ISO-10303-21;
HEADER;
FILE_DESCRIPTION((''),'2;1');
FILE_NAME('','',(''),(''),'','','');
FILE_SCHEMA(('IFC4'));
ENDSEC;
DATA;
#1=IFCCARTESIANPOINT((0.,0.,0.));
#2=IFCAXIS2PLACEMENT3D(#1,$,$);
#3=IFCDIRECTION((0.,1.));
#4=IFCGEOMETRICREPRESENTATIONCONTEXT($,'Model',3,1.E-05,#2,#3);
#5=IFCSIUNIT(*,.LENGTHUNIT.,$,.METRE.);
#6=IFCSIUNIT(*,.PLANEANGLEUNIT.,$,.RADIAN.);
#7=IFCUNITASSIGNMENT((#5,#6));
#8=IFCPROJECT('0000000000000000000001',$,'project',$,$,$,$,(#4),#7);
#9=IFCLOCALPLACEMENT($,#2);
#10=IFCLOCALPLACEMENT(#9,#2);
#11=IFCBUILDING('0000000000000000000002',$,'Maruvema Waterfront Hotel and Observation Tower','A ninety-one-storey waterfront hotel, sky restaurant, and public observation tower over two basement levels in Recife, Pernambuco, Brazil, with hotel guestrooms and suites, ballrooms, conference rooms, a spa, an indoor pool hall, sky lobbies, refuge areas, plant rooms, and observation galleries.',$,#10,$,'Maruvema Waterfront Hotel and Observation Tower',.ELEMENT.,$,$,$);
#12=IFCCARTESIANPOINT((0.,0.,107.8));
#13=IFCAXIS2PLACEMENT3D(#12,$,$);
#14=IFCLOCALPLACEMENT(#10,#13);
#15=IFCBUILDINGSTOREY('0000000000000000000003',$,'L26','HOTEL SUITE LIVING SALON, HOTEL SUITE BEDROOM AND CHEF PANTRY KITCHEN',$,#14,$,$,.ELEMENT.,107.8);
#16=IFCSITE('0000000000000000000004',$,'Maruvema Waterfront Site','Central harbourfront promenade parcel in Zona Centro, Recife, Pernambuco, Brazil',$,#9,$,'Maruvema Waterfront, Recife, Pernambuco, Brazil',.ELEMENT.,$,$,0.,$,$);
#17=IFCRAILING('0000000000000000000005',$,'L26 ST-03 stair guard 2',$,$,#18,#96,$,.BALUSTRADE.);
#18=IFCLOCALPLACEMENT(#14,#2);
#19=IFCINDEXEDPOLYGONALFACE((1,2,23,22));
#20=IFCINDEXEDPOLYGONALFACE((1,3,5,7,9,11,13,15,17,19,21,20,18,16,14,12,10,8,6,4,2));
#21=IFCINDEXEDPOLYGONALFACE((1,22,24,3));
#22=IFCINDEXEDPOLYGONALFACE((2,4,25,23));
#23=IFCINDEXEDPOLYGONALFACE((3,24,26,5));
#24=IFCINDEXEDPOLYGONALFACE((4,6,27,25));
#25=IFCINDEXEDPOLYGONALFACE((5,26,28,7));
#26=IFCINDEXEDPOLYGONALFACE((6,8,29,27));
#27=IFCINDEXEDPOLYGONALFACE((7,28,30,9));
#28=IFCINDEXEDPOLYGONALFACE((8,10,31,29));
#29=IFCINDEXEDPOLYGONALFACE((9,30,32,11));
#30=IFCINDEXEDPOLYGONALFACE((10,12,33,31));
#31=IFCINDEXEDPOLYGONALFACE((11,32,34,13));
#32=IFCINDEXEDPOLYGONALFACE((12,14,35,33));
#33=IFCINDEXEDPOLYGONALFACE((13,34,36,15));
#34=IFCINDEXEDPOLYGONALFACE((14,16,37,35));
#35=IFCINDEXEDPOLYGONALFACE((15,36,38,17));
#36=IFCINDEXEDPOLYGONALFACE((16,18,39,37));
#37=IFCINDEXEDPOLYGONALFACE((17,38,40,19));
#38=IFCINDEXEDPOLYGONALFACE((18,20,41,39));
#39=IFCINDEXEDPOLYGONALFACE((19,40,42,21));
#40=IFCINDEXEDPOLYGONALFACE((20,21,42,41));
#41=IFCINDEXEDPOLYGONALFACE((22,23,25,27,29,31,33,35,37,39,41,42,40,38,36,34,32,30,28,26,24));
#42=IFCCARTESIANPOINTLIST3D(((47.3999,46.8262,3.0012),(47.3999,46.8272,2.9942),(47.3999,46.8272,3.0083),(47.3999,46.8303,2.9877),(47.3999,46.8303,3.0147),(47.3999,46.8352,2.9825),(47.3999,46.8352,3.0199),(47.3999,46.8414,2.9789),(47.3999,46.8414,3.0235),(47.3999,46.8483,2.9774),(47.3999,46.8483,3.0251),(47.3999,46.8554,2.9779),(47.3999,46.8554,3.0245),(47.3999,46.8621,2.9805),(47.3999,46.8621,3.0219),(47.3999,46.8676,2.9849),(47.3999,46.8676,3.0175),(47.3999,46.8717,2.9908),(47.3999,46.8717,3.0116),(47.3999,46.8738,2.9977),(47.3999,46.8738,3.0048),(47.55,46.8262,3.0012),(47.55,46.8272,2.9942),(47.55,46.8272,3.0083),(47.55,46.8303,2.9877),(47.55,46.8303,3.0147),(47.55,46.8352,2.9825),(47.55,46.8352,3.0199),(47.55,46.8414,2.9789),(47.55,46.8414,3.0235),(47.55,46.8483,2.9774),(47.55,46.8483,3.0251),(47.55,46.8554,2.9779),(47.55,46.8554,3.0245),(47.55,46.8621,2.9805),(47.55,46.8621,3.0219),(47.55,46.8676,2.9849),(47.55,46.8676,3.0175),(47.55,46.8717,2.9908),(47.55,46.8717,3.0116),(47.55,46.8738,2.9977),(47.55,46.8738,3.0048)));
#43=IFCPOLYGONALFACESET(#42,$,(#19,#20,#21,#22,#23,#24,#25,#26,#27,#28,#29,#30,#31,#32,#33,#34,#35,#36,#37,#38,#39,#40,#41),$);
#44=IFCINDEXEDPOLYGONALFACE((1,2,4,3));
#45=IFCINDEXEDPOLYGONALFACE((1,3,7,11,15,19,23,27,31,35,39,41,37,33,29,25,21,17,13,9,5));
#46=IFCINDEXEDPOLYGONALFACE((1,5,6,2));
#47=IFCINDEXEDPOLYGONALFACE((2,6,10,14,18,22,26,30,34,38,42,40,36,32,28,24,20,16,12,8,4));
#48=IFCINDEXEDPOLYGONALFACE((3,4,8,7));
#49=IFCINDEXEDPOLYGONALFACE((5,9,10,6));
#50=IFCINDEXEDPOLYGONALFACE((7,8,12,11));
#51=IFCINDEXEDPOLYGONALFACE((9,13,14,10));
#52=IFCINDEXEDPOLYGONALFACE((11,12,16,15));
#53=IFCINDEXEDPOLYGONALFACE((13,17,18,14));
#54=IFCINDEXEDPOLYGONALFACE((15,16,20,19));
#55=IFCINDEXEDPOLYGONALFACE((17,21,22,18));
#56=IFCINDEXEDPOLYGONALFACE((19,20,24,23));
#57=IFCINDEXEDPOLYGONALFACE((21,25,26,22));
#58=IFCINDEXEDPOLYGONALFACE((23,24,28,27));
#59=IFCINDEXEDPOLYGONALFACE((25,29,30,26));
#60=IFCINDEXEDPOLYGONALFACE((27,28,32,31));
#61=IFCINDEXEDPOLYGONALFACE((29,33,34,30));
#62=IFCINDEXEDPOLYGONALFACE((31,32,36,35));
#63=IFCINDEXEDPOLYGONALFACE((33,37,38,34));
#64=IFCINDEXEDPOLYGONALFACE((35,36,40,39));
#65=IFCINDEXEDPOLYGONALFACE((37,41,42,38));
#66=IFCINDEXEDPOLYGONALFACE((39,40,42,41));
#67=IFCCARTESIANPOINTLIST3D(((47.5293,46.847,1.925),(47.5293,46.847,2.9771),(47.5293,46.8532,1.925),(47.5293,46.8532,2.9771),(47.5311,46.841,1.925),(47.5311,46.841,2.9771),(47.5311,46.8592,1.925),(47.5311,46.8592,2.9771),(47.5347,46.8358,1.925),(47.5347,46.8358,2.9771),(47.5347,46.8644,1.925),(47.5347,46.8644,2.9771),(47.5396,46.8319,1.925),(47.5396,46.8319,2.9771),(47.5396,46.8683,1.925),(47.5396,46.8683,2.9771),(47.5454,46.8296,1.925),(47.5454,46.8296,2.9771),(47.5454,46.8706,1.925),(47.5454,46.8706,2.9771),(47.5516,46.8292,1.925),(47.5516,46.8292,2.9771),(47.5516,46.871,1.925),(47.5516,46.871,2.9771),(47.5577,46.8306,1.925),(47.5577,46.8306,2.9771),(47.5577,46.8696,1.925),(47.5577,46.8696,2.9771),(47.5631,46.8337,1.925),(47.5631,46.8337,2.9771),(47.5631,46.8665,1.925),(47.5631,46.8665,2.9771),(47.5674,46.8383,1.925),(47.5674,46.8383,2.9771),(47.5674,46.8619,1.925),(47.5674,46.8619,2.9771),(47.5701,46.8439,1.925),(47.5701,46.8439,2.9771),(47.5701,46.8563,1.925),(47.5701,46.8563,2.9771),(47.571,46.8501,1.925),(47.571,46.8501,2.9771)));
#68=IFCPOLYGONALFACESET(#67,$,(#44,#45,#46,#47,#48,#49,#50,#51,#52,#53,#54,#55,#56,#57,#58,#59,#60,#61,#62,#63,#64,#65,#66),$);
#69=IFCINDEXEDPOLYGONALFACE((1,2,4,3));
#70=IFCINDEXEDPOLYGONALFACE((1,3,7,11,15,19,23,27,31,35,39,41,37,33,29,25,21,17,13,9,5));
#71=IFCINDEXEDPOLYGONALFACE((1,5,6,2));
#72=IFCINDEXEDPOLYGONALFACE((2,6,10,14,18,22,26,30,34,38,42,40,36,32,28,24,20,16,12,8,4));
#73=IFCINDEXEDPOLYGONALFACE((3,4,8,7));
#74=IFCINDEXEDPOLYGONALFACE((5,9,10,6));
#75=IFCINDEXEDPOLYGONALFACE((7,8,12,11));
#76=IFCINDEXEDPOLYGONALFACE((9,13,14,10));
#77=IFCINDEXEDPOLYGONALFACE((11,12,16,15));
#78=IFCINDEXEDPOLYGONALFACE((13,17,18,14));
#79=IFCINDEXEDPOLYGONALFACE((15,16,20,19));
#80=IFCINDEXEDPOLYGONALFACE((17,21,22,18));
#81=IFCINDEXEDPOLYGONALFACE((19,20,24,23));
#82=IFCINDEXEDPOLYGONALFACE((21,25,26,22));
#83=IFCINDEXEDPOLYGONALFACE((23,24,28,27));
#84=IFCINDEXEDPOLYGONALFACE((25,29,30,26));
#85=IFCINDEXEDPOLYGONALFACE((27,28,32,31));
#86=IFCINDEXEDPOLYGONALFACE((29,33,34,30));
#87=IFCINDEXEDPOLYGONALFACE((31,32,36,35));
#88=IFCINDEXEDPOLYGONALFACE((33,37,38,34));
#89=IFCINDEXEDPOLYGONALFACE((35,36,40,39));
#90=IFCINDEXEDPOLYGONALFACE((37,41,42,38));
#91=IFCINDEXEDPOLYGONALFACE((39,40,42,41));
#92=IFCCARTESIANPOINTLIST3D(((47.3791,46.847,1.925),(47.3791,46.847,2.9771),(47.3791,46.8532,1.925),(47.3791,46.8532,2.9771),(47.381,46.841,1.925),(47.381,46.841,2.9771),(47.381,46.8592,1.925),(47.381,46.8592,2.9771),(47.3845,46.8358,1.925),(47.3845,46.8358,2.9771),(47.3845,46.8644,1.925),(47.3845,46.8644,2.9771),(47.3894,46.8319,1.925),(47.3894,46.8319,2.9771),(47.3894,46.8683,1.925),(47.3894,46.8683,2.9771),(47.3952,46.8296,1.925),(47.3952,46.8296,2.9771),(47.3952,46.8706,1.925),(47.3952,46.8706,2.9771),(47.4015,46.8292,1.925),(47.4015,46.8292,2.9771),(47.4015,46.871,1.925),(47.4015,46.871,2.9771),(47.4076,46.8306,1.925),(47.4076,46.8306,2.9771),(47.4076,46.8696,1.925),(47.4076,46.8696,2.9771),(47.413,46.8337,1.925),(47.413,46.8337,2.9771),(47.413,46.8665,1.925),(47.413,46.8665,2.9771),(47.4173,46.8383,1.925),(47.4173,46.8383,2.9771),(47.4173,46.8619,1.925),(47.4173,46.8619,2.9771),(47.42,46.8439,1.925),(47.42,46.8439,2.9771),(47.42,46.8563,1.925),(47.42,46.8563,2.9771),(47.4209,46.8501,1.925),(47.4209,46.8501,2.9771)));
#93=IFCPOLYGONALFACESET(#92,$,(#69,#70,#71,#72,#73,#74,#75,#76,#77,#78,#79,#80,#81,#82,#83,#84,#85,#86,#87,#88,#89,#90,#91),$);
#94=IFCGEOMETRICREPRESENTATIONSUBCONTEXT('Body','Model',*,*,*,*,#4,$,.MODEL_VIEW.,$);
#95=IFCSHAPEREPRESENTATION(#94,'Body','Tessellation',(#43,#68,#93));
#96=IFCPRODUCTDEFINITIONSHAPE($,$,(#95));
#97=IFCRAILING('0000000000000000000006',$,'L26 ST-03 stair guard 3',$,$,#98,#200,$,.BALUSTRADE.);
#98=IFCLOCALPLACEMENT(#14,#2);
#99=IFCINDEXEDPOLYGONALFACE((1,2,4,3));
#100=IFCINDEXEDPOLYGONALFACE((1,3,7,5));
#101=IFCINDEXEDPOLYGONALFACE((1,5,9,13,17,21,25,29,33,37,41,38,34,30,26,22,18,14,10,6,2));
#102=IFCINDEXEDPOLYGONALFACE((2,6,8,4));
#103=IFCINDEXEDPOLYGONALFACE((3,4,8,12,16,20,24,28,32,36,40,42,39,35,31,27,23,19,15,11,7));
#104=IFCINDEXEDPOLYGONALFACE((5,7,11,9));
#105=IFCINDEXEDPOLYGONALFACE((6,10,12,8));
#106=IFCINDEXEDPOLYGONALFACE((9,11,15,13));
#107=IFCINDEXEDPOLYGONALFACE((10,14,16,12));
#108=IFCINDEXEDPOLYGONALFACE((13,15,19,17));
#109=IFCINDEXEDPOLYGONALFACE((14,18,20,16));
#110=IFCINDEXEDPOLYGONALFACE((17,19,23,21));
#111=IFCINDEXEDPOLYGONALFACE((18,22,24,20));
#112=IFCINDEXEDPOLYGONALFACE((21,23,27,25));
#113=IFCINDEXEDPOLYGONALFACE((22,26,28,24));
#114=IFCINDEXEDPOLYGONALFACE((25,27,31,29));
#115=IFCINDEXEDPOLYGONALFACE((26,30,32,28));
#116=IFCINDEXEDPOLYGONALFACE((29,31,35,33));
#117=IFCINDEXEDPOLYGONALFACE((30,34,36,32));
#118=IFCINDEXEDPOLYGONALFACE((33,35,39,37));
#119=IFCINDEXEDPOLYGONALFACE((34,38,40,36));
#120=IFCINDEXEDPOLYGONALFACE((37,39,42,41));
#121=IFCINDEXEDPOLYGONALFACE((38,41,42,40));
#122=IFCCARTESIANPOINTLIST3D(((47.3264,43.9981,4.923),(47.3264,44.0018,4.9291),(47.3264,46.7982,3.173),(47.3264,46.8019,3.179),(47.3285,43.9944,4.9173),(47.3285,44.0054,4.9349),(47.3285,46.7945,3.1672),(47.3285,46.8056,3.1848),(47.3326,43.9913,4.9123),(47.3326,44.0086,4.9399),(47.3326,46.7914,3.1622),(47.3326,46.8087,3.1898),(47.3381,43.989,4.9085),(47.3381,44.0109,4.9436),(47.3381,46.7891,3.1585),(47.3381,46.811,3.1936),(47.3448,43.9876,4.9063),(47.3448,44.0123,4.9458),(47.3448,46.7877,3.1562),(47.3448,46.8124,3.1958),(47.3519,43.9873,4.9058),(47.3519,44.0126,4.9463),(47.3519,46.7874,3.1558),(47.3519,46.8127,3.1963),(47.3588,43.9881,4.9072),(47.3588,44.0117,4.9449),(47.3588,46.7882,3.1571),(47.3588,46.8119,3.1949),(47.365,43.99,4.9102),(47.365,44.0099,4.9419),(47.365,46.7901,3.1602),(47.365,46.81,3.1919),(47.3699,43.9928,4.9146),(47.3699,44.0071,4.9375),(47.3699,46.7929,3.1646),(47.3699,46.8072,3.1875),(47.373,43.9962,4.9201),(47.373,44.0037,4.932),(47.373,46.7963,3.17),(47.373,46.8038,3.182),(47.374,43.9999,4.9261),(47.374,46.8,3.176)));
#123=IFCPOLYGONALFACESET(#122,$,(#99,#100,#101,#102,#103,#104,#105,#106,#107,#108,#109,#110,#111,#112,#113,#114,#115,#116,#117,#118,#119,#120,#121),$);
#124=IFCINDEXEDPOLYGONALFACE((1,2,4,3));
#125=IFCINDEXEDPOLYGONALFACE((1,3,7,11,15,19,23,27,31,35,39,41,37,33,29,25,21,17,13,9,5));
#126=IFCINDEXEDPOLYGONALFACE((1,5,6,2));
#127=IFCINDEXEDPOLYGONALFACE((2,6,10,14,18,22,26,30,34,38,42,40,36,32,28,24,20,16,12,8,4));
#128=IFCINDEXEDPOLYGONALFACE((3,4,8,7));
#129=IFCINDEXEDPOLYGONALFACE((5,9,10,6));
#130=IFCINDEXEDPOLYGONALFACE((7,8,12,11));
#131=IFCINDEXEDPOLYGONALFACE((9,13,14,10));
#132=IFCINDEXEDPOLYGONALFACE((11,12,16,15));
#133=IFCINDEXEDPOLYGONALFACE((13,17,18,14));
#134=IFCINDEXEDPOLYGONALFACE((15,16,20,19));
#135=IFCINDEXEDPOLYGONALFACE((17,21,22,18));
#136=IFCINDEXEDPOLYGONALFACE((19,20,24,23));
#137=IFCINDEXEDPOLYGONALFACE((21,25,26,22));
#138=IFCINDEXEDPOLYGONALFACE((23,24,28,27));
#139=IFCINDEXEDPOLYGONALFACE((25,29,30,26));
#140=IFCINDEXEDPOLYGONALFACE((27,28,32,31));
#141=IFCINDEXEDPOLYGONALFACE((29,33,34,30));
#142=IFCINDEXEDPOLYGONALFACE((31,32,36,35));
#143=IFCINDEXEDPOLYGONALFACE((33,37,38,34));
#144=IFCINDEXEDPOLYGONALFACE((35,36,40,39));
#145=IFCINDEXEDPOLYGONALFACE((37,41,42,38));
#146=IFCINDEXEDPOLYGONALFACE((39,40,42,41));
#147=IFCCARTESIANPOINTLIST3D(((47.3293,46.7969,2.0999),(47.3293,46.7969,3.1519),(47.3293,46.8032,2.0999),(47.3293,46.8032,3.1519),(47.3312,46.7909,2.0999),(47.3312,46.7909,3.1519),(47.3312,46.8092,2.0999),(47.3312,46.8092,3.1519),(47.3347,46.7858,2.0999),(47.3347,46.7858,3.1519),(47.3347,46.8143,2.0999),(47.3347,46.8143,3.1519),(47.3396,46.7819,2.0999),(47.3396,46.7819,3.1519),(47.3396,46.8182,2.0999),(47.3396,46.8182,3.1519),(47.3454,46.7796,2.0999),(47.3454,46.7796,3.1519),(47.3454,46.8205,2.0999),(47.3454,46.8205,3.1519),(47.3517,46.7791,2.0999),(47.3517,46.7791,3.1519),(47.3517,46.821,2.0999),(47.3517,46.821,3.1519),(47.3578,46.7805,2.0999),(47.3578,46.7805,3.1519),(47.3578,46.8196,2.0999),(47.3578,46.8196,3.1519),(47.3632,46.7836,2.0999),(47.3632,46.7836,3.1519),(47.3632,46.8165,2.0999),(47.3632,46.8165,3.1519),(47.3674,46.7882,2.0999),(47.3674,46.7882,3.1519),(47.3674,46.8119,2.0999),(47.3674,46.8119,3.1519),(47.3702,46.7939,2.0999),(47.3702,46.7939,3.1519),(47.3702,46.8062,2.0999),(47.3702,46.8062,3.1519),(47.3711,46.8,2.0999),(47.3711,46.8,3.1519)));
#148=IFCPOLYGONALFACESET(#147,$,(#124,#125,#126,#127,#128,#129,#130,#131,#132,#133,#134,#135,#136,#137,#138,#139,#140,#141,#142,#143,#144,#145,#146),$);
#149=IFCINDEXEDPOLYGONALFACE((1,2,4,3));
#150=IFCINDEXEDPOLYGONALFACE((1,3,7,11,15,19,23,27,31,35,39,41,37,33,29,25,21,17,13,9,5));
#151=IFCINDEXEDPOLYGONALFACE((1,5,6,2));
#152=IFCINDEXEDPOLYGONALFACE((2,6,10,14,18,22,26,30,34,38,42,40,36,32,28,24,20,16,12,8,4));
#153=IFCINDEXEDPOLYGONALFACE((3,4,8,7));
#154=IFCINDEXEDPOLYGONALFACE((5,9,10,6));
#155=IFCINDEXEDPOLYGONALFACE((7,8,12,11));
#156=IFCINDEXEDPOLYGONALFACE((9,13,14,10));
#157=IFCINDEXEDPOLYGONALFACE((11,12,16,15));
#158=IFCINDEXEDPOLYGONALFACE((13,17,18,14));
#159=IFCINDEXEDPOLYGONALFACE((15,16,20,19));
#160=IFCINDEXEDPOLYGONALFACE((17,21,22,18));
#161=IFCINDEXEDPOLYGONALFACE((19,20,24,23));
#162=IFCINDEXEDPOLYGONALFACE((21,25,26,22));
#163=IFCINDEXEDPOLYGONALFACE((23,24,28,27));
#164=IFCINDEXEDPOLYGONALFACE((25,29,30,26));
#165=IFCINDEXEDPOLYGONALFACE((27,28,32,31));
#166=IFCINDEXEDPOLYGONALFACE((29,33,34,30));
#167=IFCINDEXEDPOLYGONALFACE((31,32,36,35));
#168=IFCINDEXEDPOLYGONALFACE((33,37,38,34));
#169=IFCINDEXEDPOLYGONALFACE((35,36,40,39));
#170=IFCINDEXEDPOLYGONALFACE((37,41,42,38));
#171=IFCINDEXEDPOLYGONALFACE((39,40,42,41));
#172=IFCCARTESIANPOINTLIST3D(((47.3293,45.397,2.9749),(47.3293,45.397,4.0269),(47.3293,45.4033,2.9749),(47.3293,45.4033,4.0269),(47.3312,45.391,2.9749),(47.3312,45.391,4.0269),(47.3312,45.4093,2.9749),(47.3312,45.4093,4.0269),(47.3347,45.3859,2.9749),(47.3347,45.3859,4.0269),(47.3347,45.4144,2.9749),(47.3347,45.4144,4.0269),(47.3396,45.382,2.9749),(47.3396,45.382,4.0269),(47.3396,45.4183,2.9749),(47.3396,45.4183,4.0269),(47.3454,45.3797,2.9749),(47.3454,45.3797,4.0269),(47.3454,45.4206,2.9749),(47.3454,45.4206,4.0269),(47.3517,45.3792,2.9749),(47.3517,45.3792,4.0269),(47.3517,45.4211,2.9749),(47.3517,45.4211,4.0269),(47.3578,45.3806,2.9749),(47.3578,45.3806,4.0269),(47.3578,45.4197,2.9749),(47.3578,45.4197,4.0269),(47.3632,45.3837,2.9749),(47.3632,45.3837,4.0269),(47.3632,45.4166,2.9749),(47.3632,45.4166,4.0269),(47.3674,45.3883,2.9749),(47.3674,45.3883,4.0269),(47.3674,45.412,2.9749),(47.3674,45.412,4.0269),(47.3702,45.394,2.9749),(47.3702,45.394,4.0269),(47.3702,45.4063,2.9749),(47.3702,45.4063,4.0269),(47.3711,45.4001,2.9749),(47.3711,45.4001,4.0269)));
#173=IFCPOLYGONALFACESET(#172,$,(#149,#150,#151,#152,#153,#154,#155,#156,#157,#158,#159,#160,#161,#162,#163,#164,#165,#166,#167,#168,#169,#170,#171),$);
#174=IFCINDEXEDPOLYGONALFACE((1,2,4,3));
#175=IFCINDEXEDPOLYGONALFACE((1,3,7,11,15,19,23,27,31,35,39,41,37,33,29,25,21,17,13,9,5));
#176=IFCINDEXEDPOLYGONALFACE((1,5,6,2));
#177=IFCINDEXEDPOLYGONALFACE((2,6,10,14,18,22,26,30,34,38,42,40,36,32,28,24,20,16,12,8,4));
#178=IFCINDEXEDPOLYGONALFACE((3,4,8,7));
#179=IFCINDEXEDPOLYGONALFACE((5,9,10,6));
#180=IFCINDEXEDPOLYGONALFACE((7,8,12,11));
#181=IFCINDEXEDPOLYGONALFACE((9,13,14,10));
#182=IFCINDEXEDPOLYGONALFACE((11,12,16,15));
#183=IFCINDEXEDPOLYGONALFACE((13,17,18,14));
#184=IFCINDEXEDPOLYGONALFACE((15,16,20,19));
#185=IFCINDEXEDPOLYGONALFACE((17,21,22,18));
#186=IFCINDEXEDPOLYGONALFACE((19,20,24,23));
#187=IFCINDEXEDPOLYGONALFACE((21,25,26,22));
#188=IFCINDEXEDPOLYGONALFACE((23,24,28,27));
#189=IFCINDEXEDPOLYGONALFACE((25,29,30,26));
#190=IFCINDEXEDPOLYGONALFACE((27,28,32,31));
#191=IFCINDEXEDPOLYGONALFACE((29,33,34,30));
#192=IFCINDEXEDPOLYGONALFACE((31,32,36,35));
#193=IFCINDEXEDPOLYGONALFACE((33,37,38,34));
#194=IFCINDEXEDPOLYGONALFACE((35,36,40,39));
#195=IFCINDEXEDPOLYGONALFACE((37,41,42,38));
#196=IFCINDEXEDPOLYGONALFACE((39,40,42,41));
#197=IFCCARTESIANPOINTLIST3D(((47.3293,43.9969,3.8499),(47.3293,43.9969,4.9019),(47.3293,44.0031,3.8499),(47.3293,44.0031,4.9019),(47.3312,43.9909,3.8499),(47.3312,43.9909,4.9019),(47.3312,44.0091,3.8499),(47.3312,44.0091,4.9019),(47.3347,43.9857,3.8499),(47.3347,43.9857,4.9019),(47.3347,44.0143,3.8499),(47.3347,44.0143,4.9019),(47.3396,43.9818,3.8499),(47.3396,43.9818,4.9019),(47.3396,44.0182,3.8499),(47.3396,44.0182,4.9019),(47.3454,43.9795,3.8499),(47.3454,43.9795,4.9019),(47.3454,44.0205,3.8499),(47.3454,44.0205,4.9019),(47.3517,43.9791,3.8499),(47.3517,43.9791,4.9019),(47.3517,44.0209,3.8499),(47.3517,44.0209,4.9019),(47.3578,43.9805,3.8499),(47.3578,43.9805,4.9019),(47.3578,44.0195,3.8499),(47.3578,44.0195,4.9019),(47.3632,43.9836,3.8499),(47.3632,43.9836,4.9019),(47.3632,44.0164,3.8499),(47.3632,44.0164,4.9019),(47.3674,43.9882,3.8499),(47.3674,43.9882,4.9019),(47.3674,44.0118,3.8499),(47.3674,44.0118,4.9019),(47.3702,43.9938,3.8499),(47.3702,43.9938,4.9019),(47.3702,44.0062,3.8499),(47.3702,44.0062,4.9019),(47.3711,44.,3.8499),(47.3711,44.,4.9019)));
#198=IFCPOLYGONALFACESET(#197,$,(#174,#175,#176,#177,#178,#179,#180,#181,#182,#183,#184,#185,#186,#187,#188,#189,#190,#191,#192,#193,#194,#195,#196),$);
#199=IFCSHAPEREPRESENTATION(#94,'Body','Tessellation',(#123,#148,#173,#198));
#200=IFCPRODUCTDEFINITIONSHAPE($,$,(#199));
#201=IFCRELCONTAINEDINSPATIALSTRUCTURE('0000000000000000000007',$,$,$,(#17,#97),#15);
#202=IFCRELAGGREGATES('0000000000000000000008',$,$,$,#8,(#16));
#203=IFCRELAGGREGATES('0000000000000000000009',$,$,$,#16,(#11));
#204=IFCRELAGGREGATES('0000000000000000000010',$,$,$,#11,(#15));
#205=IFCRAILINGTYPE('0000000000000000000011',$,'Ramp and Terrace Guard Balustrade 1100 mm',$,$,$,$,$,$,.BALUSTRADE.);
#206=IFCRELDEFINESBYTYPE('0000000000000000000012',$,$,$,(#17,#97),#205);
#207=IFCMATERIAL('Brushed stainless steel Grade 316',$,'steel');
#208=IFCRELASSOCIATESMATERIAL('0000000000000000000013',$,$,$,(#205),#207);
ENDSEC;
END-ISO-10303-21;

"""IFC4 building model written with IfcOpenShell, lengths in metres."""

from ifc_helpers import new_model, si_unit, direction, frame, origin, origin_2d, place, context, subcontext, project, spatial, circle, extrude, material, type_object, element, save


model = new_model("IFC4")

# Units and contexts
model_context = context("Model", 3, precision=1e-05, world=origin(), true_north=direction((0.0, 1.0)))
body_context = subcontext(model_context, "Body", "Model", "MODEL_VIEW")
ifc_project = project(units=[si_unit("LENGTHUNIT", "METRE"), si_unit("PLANEANGLEUNIT", "RADIAN")], contexts=[model_context])

# Site, building, storey
site_placement = place(None, origin())
site = spatial("IfcSite", under=ifc_project, at=site_placement, Name="Maruvema Waterfront Site", Description="Central harbourfront promenade parcel in Zona Centro, Recife, Pernambuco, Brazil", LongName="Maruvema Waterfront, Recife, Pernambuco, Brazil", CompositionType="ELEMENT", RefElevation=0.0)
building_placement = place(site_placement, origin())
building = spatial("IfcBuilding", under=site, at=building_placement, Name="Maruvema Waterfront Hotel and Observation Tower", Description="A ninety-one-storey waterfront hotel, sky restaurant, and public observation tower over two basement levels in Recife, Pernambuco, Brazil, with hotel guestrooms and suites, ballrooms, conference rooms, a spa, an indoor pool hall, sky lobbies, refuge areas, plant rooms, and observation galleries.", LongName="Maruvema Waterfront Hotel and Observation Tower", CompositionType="ELEMENT")
storey_placement = place(building_placement, frame((0.0, 0.0, 107.8)))
storey = spatial("IfcBuildingStorey", under=building, at=storey_placement, Name="L26", Description="HOTEL SUITE LIVING SALON, HOTEL SUITE BEDROOM AND CHEF PANTRY KITCHEN", CompositionType="ELEMENT", Elevation=107.8)

# Railings
ifc_material_1 = material(Name="Brushed stainless steel Grade 316", Category="steel")
railing_type_1 = type_object("IfcRailingType", Name="Ramp and Terrace Guard Balustrade 1100 mm", PredefinedType="BALUSTRADE", material=ifc_material_1)
railing_1_placement = place(storey_placement, frame((47.55, 46.8501, 1.925)))
element("IfcRailing", 1, at=railing_1_placement, inside=storey, type_object=railing_type_1, Name="L26 ST-03 stair guard 2", PredefinedType="BALUSTRADE", context=body_context, shape_type="SweptSolid", body=[
    extrude(circle(Radius=0.0239, at=origin_2d()), frame((0.0, 0.0, 1.0762), z_axis=(-1.0, 0.0, 0.0), x_axis=(0.0, -1.0, 0.0)), (0.0, 0.0, 1.0), 0.1501),
    extrude(circle(Radius=0.021, at=origin_2d()), origin(), (0.0, 0.0, 1.0), 1.052),
    extrude(circle(Radius=0.021, at=origin_2d()), frame((-0.1501, 0.0, 0.0)), (0.0, 0.0, 1.0), 1.052),
])
railing_2_placement = place(storey_placement, frame((47.3501, 46.8, 2.0999)))
element("IfcRailing", 2, at=railing_2_placement, inside=storey, type_object=railing_type_1, Name="L26 ST-03 stair guard 3", PredefinedType="BALUSTRADE", context=body_context, shape_type="SweptSolid", body=[
    extrude(circle(Radius=0.0239, at=origin_2d()), frame((0.0, 0.0, 1.0762), z_axis=(0.0, -0.848002, 0.529992), x_axis=(1.0, 0.0, 0.0)), (0.0, 0.0, 1.0), 3.302),
    extrude(circle(Radius=0.021, at=origin_2d()), origin(), (0.0, 0.0, 1.0), 1.052),
    extrude(circle(Radius=0.021, at=origin_2d()), frame((0.0, -1.3999, 0.875)), (0.0, 0.0, 1.0), 1.052),
    extrude(circle(Radius=0.021, at=origin_2d()), frame((0.0, -2.8, 1.75)), (0.0, 0.0, 1.0), 1.052),
])

save(model, "model.ifc")
